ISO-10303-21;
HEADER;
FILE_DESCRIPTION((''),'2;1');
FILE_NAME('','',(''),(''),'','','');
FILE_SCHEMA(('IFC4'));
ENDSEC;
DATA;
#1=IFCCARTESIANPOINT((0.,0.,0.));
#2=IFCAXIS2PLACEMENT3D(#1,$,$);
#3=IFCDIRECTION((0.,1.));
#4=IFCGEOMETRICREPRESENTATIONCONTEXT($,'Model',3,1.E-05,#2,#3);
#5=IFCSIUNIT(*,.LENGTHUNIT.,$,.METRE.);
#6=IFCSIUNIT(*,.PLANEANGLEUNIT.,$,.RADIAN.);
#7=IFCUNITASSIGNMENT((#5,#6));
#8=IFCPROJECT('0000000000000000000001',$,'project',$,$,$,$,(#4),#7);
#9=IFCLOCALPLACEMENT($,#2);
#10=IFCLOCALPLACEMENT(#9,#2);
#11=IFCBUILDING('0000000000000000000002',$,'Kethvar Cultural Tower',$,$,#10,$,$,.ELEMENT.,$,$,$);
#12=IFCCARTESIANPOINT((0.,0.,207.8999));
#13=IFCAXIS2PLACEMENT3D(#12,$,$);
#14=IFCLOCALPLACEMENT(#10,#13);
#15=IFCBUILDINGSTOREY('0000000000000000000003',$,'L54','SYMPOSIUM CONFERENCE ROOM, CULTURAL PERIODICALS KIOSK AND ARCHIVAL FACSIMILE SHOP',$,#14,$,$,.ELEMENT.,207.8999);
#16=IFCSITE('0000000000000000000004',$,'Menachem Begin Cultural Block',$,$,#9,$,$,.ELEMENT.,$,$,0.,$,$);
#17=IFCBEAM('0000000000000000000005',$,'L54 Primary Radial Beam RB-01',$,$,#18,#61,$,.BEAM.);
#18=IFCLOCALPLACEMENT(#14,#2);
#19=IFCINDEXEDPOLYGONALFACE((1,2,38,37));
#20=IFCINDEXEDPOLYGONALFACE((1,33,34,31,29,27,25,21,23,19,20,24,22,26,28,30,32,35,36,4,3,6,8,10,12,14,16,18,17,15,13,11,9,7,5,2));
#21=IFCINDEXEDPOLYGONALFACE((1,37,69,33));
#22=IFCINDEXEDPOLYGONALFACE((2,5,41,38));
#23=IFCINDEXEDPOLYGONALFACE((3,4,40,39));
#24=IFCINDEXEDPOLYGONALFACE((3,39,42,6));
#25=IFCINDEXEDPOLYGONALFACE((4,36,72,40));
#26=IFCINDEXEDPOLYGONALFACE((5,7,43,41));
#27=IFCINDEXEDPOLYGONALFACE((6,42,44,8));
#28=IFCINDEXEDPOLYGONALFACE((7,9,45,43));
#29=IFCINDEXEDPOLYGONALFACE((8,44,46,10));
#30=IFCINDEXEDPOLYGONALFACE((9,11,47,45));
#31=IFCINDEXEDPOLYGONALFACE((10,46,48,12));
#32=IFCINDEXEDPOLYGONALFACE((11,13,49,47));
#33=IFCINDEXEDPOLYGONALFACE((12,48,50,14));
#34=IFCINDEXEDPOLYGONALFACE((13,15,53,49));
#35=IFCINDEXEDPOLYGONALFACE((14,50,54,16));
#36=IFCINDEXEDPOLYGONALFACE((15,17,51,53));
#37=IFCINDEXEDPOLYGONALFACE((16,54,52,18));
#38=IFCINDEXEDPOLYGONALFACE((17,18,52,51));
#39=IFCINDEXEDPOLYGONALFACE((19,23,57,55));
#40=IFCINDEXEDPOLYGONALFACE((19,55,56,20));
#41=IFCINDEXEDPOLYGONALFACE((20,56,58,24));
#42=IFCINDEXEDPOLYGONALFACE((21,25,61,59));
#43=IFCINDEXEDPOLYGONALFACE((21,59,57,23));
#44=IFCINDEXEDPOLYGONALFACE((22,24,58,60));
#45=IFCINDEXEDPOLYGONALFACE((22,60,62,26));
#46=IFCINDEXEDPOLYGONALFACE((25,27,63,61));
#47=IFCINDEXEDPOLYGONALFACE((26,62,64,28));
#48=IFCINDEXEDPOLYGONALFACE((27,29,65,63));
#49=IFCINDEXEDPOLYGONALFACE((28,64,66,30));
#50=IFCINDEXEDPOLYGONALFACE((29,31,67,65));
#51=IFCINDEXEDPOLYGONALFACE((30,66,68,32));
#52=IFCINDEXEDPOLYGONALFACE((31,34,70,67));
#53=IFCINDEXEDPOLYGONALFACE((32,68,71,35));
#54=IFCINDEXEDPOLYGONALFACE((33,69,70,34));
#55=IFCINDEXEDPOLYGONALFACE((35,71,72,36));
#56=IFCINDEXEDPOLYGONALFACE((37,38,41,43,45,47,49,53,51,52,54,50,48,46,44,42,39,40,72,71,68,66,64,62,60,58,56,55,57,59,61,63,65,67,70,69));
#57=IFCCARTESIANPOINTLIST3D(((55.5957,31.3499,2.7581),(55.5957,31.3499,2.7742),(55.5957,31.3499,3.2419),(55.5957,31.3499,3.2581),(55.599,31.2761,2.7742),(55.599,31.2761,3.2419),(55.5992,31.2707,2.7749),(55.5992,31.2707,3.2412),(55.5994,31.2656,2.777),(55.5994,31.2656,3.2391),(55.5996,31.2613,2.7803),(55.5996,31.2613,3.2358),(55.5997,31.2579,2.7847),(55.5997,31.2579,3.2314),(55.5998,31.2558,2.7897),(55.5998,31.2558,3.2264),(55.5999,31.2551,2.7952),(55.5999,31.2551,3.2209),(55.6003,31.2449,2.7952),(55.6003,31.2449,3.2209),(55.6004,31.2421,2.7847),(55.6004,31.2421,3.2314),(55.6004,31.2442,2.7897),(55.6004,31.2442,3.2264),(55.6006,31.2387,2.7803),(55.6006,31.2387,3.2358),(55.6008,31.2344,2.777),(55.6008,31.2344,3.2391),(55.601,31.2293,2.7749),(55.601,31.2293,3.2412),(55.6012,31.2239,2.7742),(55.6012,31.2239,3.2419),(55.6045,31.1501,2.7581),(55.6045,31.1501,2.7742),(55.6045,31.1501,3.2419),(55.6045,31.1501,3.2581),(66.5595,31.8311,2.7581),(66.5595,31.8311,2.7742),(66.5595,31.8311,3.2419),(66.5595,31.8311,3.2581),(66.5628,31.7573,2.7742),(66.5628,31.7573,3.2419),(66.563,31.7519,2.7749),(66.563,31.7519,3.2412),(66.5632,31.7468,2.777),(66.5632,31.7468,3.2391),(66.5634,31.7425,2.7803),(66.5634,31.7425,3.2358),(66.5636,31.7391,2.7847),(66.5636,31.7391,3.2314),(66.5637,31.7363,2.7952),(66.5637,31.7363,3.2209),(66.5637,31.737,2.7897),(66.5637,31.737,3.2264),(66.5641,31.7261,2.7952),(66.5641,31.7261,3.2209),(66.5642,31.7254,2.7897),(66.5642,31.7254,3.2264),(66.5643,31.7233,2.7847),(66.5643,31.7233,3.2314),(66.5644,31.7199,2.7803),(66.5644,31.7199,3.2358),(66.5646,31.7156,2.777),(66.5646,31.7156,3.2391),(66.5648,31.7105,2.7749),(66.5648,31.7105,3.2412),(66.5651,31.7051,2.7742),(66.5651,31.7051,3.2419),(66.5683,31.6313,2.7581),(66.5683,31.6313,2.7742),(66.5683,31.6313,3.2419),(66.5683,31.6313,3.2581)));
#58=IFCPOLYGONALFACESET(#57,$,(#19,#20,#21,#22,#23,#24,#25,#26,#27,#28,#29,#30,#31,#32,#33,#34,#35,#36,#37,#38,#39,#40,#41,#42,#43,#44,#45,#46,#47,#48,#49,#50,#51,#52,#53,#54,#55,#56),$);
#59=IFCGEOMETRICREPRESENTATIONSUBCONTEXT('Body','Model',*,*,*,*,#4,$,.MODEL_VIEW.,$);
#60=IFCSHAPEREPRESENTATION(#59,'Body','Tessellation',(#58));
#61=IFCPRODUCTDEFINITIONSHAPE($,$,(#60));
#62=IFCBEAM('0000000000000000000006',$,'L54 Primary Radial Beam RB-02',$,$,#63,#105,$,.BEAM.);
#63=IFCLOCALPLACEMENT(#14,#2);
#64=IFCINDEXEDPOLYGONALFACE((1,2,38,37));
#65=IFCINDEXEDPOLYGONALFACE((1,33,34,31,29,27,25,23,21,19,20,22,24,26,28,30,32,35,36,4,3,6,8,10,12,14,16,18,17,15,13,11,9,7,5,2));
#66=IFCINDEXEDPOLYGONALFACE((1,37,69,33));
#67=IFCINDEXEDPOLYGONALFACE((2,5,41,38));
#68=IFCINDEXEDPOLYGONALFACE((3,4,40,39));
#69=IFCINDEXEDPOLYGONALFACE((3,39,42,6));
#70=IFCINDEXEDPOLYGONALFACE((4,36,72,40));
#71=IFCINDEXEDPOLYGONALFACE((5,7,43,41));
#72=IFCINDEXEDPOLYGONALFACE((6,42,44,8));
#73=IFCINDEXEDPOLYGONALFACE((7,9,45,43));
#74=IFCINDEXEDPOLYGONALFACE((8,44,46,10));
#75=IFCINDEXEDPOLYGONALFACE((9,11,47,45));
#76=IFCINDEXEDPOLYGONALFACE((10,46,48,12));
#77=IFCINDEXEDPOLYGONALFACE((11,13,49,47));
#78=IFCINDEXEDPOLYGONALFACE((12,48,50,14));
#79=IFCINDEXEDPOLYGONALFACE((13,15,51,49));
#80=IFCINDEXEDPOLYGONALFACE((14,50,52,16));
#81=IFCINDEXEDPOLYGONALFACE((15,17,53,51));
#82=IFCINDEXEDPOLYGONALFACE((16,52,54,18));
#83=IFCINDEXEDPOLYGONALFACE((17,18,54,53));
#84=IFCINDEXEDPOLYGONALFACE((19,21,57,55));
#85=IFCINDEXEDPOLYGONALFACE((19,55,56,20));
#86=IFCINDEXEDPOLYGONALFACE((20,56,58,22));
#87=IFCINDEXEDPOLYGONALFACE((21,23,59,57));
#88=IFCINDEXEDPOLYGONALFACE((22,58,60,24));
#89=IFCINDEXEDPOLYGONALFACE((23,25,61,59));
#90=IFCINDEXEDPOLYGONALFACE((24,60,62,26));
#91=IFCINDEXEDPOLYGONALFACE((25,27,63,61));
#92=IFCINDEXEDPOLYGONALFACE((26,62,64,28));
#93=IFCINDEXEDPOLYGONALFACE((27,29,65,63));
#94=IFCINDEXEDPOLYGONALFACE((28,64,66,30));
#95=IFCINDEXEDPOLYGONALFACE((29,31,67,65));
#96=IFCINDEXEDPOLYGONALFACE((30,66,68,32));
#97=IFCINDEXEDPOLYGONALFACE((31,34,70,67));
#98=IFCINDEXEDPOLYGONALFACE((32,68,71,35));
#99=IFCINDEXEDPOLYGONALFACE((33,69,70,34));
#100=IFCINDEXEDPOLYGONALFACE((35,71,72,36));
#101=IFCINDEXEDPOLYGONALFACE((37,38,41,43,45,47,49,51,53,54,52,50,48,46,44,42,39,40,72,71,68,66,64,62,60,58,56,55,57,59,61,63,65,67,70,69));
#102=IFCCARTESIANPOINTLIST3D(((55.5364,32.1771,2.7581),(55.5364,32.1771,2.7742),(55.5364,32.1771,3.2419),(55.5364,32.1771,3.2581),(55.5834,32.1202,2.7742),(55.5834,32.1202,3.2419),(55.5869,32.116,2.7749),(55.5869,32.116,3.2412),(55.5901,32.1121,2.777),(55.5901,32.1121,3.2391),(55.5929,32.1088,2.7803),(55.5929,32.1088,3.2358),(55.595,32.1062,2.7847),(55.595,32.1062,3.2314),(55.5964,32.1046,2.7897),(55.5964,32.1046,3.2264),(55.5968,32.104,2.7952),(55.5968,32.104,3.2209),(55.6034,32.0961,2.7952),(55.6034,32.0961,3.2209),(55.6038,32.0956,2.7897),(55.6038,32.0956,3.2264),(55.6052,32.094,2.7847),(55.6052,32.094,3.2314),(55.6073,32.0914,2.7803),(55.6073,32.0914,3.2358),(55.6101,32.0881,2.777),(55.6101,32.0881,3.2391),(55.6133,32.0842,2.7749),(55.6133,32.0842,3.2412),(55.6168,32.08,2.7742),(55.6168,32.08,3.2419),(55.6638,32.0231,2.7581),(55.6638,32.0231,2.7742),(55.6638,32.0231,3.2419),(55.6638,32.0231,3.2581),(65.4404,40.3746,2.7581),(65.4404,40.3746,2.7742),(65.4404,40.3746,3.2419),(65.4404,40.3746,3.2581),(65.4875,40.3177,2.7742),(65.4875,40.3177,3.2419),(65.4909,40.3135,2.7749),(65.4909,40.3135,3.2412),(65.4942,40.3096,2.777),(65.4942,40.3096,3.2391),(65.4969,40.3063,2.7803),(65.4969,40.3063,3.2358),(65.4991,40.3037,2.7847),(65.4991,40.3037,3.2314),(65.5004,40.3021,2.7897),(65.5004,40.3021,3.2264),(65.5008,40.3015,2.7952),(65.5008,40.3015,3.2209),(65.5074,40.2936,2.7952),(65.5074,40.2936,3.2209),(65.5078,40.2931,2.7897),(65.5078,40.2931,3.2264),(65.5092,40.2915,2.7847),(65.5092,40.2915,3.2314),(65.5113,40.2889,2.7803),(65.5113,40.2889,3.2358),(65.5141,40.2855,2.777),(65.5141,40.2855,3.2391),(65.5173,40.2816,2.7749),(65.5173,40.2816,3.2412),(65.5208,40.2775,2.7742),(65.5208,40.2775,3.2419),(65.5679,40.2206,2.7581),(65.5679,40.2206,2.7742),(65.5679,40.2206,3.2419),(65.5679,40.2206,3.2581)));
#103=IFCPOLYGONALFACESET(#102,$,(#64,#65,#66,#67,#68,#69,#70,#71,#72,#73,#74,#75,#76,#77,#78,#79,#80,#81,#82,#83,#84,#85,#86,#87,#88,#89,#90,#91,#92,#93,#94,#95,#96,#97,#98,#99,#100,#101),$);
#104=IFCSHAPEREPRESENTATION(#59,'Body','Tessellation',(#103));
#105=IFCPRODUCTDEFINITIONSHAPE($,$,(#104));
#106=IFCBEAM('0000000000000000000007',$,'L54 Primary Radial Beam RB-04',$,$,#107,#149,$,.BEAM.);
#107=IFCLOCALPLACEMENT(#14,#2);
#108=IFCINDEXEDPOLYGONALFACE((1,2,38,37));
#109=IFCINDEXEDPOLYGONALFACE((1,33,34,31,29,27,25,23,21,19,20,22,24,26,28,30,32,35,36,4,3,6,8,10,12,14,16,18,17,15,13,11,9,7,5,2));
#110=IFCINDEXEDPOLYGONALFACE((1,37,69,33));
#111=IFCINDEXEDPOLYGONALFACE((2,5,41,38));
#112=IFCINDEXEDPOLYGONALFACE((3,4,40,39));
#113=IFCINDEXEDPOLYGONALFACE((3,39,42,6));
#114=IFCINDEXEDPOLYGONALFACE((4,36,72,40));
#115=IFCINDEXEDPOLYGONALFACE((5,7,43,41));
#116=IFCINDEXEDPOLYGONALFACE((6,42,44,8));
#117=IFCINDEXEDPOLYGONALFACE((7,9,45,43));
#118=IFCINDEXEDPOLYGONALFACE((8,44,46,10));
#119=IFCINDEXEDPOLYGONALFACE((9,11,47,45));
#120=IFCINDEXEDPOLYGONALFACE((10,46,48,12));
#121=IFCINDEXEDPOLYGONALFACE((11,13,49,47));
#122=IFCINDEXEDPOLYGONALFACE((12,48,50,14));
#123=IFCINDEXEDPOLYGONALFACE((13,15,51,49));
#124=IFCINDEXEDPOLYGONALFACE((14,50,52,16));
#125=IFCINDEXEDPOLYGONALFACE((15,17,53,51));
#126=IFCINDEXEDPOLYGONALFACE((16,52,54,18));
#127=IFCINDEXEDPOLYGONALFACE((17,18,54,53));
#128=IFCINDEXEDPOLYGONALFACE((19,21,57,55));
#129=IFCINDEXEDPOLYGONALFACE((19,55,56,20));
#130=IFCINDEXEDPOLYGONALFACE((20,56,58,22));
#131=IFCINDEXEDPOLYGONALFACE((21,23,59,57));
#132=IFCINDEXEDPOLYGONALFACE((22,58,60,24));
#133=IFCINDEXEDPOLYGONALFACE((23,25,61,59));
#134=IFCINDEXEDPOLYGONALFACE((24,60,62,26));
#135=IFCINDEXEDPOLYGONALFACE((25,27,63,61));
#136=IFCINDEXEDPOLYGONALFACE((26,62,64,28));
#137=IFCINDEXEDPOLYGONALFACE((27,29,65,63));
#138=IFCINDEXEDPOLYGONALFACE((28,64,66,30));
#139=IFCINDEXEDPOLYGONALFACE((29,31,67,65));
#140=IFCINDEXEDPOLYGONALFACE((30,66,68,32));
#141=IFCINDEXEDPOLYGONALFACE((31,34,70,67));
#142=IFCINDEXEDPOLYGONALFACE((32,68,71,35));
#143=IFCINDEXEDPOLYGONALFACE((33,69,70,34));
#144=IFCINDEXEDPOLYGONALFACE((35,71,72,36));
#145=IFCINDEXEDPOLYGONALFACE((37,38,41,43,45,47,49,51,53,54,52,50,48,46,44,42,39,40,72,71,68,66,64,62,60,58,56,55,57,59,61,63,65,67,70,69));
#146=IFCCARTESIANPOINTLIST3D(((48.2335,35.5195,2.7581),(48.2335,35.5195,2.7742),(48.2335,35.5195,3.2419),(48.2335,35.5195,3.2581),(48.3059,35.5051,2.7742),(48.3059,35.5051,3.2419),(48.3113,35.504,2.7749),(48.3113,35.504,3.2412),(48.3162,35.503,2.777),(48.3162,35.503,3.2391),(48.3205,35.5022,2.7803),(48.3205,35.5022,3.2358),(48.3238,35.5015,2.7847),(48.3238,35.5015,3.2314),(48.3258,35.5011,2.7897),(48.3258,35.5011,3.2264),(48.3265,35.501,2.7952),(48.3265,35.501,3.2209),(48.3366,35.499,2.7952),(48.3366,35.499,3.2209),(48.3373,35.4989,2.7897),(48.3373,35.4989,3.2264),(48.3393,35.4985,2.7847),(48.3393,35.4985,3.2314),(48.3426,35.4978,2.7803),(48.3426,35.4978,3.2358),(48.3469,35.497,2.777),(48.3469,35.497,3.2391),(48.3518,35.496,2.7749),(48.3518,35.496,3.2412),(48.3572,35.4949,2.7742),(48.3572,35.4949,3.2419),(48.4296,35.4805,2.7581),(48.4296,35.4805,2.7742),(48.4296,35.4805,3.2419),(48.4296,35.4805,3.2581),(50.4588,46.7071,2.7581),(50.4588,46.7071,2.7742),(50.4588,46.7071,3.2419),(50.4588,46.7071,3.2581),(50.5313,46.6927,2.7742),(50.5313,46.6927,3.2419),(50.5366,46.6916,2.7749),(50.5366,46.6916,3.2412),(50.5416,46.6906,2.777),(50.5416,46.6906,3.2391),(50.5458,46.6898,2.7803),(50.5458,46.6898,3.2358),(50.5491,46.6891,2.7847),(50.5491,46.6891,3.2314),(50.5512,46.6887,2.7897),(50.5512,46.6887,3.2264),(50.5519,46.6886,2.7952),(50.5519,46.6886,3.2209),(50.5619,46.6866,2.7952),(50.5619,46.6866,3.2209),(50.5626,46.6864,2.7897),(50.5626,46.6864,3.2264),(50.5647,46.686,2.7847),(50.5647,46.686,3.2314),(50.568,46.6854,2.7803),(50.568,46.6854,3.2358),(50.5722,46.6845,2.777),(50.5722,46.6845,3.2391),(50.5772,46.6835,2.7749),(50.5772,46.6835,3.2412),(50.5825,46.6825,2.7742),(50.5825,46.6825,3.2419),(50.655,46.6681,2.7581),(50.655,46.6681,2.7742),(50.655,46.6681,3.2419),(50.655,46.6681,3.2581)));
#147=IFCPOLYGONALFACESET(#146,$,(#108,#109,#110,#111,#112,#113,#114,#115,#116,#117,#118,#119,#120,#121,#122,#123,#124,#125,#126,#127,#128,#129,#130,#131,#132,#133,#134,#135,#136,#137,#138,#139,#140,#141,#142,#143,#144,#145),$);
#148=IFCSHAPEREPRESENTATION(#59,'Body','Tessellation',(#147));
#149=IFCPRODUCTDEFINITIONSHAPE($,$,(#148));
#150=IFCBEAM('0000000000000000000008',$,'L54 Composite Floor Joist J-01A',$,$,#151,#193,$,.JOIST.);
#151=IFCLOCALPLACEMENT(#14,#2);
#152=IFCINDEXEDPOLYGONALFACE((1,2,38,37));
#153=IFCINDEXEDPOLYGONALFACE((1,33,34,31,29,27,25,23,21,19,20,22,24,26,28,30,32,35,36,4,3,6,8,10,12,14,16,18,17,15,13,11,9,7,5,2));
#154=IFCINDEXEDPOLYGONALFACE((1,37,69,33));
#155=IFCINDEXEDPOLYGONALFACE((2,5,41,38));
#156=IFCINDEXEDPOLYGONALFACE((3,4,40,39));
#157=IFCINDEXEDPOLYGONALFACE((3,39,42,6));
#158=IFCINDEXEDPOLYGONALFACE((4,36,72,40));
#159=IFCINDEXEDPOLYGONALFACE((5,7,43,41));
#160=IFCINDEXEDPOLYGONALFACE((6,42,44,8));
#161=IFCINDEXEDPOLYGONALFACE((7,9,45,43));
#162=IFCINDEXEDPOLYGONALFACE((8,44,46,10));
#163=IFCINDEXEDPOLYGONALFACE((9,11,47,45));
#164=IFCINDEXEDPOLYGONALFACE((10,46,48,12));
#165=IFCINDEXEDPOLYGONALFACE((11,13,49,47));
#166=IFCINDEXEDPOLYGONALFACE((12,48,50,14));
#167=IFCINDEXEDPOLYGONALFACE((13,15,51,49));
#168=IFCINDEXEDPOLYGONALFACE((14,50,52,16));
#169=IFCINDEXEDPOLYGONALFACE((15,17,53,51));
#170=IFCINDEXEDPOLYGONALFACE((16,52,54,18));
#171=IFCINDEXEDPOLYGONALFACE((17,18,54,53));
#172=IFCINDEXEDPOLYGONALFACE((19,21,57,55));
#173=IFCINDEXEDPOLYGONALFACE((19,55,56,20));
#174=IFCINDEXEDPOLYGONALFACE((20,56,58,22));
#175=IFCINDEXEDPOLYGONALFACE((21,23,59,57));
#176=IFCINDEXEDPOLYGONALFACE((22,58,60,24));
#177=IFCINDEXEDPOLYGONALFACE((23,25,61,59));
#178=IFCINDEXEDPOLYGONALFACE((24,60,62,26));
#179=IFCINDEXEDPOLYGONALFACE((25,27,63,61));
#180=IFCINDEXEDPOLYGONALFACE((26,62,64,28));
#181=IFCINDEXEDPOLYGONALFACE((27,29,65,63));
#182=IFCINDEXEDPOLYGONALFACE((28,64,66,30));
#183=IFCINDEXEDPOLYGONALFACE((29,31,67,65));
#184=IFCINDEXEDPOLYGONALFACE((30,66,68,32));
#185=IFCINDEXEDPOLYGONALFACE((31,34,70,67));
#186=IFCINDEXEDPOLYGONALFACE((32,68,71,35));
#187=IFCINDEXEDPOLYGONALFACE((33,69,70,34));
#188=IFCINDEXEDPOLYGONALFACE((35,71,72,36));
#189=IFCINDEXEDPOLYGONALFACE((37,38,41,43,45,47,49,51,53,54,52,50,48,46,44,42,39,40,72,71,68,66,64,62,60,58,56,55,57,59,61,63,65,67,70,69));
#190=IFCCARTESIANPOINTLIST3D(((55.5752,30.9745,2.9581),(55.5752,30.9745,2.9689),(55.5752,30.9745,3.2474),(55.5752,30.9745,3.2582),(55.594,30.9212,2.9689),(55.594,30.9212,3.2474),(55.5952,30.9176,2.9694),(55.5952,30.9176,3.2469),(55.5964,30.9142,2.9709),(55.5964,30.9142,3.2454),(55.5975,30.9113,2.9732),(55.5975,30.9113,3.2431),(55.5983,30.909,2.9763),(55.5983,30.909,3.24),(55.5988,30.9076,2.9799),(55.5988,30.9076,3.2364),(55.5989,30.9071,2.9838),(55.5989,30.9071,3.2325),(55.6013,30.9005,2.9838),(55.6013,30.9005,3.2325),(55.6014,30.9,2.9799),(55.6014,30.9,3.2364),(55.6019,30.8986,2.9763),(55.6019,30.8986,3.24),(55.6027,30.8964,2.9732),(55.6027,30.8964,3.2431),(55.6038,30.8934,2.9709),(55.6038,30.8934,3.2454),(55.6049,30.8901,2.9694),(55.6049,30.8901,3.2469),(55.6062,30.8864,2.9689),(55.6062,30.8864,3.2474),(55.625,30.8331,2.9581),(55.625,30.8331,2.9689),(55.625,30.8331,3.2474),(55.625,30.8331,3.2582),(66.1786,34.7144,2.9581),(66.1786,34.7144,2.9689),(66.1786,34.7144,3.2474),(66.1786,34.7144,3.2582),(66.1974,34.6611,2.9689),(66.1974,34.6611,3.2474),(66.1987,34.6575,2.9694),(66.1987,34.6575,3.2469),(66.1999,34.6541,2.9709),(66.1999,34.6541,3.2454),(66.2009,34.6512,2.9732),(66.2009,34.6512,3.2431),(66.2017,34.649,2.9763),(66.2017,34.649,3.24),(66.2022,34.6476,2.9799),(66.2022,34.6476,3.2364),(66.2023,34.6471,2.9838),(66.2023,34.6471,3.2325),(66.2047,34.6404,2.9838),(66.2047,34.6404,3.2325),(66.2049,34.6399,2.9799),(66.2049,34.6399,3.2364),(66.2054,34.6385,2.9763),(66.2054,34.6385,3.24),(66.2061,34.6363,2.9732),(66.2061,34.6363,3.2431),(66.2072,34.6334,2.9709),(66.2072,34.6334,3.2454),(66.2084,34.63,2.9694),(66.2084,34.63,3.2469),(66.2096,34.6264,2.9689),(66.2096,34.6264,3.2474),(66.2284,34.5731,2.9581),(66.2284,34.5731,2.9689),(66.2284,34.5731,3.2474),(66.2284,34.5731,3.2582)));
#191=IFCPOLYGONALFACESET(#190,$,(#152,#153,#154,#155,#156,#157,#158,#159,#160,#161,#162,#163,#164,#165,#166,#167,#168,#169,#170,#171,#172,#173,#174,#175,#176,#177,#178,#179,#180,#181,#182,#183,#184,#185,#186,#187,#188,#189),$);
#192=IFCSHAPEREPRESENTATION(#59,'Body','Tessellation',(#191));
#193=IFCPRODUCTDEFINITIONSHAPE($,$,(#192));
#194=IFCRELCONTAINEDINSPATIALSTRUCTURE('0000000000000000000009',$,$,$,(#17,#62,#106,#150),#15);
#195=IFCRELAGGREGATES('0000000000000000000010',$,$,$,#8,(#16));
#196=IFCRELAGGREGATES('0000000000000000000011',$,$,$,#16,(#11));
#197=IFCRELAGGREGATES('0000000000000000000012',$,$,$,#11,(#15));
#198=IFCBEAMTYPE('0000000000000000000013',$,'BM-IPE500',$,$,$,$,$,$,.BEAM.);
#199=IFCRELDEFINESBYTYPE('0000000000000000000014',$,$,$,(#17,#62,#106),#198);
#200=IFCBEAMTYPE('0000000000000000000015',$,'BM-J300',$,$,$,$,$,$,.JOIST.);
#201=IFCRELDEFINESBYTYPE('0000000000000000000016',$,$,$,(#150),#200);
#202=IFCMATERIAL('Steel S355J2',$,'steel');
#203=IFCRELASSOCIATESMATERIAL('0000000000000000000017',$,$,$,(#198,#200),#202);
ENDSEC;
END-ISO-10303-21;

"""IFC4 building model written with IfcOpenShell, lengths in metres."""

from ifc_helpers import new_model, si_unit, direction, frame, origin, origin_2d, place, context, subcontext, project, spatial, i_section, extrude, source, transform, mapped, material, material_profile, profile_set, type_object, element, save


model = new_model("IFC4")

# Units and contexts
model_context = context("Model", 3, precision=1e-05, world=origin(), true_north=direction((0.0, 1.0)))
body_context = subcontext(model_context, "Body", "Model", "MODEL_VIEW")
ifc_project = project(units=[si_unit("LENGTHUNIT", "METRE"), si_unit("PLANEANGLEUNIT", "RADIAN")], contexts=[model_context])

# Site, building, storey
site_placement = place(None, origin())
site = spatial("IfcSite", under=ifc_project, at=site_placement, Name="Menachem Begin Cultural Block", CompositionType="ELEMENT", RefElevation=0.0)
building_placement = place(site_placement, origin())
building = spatial("IfcBuilding", under=site, at=building_placement, Name="Kethvar Cultural Tower", CompositionType="ELEMENT")
storey_placement = place(building_placement, frame((0.0, 0.0, 207.8999)))
storey = spatial("IfcBuildingStorey", under=building, at=storey_placement, Name="L54", Description="SYMPOSIUM CONFERENCE ROOM, CULTURAL PERIODICALS KIOSK AND ARCHIVAL FACSIMILE SHOP", CompositionType="ELEMENT", Elevation=207.8999)

# Beams
ifc_material_1 = material(Name="Steel S355J2", Category="steel")
ifc_material_profile_1 = material_profile(ifc_material_1, i_section(OverallWidth=0.2, OverallDepth=0.5, WebThickness=0.0103, FlangeThickness=0.0161, FilletRadius=0.021, at=origin_2d()), Name="Steel S355J2 — IPE500")
ifc_profile_set_1 = profile_set([ifc_material_profile_1], Name="Steel S355J2 — IPE500")
beam_type_1 = type_object("IfcBeamType", Name="BM-IPE500", PredefinedType="BEAM", material=ifc_profile_set_1)
shared_shape_1 = source(origin(), body_context, "Body", "SweptSolid", [
    extrude(i_section(OverallWidth=0.2, OverallDepth=0.5, WebThickness=0.0103, FlangeThickness=0.0161, FilletRadius=0.021, at=origin_2d()), origin(), (0.0, 0.0, 1.0), 10.9744),
])
beam_1_placement = place(storey_placement, frame((55.6001, 31.25, 3.0081), z_axis=(0.999038, 0.043848, 0.0), x_axis=(-0.043848, 0.999038, 0.0)))
element("IfcBeam", 1, at=beam_1_placement, inside=storey, type_object=beam_type_1, Name="L54 Primary Radial Beam RB-01", PredefinedType="BEAM", context=body_context, shape_type="MappedRepresentation", body=[
    mapped(shared_shape_1, transform((0.0, 0.0, 0.0), scale=1.0)),
])
shared_shape_2 = source(origin(), body_context, "Body", "SweptSolid", [
    extrude(i_section(OverallWidth=0.2, OverallDepth=0.5, WebThickness=0.0103, FlangeThickness=0.0161, FilletRadius=0.021, at=origin_2d()), origin(), (0.0, 0.0, 1.0), 12.8564),
])
beam_2_placement = place(storey_placement, frame((55.6001, 32.1001, 3.0081), z_axis=(0.770354, 0.637616, 0.0), x_axis=(-0.637616, 0.770354, 0.0)))
element("IfcBeam", 2, at=beam_2_placement, inside=storey, type_object=beam_type_1, Name="L54 Primary Radial Beam RB-02", PredefinedType="BEAM", context=body_context, shape_type="MappedRepresentation", body=[
    mapped(shared_shape_2, transform((0.0, 0.0, 0.0), scale=1.0)),
])
shared_shape_3 = source(origin(), body_context, "Body", "SweptSolid", [
    extrude(i_section(OverallWidth=0.2, OverallDepth=0.5, WebThickness=0.0103, FlangeThickness=0.0161, FilletRadius=0.021, at=origin_2d()), origin(), (0.0, 0.0, 1.0), 11.4067),
])
beam_3_placement = place(storey_placement, frame((48.3315, 35.5, 3.0081), z_axis=(0.195091, 0.980785, 0.0), x_axis=(-0.980785, 0.195091, 0.0)))
element("IfcBeam", 3, at=beam_3_placement, inside=storey, type_object=beam_type_1, Name="L54 Primary Radial Beam RB-04", PredefinedType="BEAM", context=body_context, shape_type="MappedRepresentation", body=[
    mapped(shared_shape_3, transform((0.0, 0.0, 0.0), scale=1.0)),
])
ifc_material_profile_2 = material_profile(ifc_material_1, i_section(OverallWidth=0.1499, OverallDepth=0.3, WebThickness=0.0071, FlangeThickness=0.0107, FilletRadius=0.0149, at=origin_2d()), Name="Steel S355J2 — IPE300")
ifc_profile_set_2 = profile_set([ifc_material_profile_2], Name="Steel S355J2 — IPE300")
beam_type_2 = type_object("IfcBeamType", Name="BM-J300", PredefinedType="JOIST", material=ifc_profile_set_2)
shared_shape_4 = source(origin(), body_context, "Body", "SweptSolid", [
    extrude(i_section(OverallWidth=0.1499, OverallDepth=0.3, WebThickness=0.0071, FlangeThickness=0.0107, FilletRadius=0.0149, at=origin_2d()), origin(), (0.0, 0.0, 1.0), 11.2437),
])
beam_4_placement = place(storey_placement, frame((55.6001, 30.9038, 3.1082), z_axis=(0.943058, 0.332628, 0.0), x_axis=(-0.332628, 0.943058, 0.0)))
element("IfcBeam", 4, at=beam_4_placement, inside=storey, type_object=beam_type_2, Name="L54 Composite Floor Joist J-01A", PredefinedType="JOIST", context=body_context, shape_type="MappedRepresentation", body=[
    mapped(shared_shape_4, transform((0.0, 0.0, 0.0), scale=1.0)),
])

save(model, "model.ifc")
